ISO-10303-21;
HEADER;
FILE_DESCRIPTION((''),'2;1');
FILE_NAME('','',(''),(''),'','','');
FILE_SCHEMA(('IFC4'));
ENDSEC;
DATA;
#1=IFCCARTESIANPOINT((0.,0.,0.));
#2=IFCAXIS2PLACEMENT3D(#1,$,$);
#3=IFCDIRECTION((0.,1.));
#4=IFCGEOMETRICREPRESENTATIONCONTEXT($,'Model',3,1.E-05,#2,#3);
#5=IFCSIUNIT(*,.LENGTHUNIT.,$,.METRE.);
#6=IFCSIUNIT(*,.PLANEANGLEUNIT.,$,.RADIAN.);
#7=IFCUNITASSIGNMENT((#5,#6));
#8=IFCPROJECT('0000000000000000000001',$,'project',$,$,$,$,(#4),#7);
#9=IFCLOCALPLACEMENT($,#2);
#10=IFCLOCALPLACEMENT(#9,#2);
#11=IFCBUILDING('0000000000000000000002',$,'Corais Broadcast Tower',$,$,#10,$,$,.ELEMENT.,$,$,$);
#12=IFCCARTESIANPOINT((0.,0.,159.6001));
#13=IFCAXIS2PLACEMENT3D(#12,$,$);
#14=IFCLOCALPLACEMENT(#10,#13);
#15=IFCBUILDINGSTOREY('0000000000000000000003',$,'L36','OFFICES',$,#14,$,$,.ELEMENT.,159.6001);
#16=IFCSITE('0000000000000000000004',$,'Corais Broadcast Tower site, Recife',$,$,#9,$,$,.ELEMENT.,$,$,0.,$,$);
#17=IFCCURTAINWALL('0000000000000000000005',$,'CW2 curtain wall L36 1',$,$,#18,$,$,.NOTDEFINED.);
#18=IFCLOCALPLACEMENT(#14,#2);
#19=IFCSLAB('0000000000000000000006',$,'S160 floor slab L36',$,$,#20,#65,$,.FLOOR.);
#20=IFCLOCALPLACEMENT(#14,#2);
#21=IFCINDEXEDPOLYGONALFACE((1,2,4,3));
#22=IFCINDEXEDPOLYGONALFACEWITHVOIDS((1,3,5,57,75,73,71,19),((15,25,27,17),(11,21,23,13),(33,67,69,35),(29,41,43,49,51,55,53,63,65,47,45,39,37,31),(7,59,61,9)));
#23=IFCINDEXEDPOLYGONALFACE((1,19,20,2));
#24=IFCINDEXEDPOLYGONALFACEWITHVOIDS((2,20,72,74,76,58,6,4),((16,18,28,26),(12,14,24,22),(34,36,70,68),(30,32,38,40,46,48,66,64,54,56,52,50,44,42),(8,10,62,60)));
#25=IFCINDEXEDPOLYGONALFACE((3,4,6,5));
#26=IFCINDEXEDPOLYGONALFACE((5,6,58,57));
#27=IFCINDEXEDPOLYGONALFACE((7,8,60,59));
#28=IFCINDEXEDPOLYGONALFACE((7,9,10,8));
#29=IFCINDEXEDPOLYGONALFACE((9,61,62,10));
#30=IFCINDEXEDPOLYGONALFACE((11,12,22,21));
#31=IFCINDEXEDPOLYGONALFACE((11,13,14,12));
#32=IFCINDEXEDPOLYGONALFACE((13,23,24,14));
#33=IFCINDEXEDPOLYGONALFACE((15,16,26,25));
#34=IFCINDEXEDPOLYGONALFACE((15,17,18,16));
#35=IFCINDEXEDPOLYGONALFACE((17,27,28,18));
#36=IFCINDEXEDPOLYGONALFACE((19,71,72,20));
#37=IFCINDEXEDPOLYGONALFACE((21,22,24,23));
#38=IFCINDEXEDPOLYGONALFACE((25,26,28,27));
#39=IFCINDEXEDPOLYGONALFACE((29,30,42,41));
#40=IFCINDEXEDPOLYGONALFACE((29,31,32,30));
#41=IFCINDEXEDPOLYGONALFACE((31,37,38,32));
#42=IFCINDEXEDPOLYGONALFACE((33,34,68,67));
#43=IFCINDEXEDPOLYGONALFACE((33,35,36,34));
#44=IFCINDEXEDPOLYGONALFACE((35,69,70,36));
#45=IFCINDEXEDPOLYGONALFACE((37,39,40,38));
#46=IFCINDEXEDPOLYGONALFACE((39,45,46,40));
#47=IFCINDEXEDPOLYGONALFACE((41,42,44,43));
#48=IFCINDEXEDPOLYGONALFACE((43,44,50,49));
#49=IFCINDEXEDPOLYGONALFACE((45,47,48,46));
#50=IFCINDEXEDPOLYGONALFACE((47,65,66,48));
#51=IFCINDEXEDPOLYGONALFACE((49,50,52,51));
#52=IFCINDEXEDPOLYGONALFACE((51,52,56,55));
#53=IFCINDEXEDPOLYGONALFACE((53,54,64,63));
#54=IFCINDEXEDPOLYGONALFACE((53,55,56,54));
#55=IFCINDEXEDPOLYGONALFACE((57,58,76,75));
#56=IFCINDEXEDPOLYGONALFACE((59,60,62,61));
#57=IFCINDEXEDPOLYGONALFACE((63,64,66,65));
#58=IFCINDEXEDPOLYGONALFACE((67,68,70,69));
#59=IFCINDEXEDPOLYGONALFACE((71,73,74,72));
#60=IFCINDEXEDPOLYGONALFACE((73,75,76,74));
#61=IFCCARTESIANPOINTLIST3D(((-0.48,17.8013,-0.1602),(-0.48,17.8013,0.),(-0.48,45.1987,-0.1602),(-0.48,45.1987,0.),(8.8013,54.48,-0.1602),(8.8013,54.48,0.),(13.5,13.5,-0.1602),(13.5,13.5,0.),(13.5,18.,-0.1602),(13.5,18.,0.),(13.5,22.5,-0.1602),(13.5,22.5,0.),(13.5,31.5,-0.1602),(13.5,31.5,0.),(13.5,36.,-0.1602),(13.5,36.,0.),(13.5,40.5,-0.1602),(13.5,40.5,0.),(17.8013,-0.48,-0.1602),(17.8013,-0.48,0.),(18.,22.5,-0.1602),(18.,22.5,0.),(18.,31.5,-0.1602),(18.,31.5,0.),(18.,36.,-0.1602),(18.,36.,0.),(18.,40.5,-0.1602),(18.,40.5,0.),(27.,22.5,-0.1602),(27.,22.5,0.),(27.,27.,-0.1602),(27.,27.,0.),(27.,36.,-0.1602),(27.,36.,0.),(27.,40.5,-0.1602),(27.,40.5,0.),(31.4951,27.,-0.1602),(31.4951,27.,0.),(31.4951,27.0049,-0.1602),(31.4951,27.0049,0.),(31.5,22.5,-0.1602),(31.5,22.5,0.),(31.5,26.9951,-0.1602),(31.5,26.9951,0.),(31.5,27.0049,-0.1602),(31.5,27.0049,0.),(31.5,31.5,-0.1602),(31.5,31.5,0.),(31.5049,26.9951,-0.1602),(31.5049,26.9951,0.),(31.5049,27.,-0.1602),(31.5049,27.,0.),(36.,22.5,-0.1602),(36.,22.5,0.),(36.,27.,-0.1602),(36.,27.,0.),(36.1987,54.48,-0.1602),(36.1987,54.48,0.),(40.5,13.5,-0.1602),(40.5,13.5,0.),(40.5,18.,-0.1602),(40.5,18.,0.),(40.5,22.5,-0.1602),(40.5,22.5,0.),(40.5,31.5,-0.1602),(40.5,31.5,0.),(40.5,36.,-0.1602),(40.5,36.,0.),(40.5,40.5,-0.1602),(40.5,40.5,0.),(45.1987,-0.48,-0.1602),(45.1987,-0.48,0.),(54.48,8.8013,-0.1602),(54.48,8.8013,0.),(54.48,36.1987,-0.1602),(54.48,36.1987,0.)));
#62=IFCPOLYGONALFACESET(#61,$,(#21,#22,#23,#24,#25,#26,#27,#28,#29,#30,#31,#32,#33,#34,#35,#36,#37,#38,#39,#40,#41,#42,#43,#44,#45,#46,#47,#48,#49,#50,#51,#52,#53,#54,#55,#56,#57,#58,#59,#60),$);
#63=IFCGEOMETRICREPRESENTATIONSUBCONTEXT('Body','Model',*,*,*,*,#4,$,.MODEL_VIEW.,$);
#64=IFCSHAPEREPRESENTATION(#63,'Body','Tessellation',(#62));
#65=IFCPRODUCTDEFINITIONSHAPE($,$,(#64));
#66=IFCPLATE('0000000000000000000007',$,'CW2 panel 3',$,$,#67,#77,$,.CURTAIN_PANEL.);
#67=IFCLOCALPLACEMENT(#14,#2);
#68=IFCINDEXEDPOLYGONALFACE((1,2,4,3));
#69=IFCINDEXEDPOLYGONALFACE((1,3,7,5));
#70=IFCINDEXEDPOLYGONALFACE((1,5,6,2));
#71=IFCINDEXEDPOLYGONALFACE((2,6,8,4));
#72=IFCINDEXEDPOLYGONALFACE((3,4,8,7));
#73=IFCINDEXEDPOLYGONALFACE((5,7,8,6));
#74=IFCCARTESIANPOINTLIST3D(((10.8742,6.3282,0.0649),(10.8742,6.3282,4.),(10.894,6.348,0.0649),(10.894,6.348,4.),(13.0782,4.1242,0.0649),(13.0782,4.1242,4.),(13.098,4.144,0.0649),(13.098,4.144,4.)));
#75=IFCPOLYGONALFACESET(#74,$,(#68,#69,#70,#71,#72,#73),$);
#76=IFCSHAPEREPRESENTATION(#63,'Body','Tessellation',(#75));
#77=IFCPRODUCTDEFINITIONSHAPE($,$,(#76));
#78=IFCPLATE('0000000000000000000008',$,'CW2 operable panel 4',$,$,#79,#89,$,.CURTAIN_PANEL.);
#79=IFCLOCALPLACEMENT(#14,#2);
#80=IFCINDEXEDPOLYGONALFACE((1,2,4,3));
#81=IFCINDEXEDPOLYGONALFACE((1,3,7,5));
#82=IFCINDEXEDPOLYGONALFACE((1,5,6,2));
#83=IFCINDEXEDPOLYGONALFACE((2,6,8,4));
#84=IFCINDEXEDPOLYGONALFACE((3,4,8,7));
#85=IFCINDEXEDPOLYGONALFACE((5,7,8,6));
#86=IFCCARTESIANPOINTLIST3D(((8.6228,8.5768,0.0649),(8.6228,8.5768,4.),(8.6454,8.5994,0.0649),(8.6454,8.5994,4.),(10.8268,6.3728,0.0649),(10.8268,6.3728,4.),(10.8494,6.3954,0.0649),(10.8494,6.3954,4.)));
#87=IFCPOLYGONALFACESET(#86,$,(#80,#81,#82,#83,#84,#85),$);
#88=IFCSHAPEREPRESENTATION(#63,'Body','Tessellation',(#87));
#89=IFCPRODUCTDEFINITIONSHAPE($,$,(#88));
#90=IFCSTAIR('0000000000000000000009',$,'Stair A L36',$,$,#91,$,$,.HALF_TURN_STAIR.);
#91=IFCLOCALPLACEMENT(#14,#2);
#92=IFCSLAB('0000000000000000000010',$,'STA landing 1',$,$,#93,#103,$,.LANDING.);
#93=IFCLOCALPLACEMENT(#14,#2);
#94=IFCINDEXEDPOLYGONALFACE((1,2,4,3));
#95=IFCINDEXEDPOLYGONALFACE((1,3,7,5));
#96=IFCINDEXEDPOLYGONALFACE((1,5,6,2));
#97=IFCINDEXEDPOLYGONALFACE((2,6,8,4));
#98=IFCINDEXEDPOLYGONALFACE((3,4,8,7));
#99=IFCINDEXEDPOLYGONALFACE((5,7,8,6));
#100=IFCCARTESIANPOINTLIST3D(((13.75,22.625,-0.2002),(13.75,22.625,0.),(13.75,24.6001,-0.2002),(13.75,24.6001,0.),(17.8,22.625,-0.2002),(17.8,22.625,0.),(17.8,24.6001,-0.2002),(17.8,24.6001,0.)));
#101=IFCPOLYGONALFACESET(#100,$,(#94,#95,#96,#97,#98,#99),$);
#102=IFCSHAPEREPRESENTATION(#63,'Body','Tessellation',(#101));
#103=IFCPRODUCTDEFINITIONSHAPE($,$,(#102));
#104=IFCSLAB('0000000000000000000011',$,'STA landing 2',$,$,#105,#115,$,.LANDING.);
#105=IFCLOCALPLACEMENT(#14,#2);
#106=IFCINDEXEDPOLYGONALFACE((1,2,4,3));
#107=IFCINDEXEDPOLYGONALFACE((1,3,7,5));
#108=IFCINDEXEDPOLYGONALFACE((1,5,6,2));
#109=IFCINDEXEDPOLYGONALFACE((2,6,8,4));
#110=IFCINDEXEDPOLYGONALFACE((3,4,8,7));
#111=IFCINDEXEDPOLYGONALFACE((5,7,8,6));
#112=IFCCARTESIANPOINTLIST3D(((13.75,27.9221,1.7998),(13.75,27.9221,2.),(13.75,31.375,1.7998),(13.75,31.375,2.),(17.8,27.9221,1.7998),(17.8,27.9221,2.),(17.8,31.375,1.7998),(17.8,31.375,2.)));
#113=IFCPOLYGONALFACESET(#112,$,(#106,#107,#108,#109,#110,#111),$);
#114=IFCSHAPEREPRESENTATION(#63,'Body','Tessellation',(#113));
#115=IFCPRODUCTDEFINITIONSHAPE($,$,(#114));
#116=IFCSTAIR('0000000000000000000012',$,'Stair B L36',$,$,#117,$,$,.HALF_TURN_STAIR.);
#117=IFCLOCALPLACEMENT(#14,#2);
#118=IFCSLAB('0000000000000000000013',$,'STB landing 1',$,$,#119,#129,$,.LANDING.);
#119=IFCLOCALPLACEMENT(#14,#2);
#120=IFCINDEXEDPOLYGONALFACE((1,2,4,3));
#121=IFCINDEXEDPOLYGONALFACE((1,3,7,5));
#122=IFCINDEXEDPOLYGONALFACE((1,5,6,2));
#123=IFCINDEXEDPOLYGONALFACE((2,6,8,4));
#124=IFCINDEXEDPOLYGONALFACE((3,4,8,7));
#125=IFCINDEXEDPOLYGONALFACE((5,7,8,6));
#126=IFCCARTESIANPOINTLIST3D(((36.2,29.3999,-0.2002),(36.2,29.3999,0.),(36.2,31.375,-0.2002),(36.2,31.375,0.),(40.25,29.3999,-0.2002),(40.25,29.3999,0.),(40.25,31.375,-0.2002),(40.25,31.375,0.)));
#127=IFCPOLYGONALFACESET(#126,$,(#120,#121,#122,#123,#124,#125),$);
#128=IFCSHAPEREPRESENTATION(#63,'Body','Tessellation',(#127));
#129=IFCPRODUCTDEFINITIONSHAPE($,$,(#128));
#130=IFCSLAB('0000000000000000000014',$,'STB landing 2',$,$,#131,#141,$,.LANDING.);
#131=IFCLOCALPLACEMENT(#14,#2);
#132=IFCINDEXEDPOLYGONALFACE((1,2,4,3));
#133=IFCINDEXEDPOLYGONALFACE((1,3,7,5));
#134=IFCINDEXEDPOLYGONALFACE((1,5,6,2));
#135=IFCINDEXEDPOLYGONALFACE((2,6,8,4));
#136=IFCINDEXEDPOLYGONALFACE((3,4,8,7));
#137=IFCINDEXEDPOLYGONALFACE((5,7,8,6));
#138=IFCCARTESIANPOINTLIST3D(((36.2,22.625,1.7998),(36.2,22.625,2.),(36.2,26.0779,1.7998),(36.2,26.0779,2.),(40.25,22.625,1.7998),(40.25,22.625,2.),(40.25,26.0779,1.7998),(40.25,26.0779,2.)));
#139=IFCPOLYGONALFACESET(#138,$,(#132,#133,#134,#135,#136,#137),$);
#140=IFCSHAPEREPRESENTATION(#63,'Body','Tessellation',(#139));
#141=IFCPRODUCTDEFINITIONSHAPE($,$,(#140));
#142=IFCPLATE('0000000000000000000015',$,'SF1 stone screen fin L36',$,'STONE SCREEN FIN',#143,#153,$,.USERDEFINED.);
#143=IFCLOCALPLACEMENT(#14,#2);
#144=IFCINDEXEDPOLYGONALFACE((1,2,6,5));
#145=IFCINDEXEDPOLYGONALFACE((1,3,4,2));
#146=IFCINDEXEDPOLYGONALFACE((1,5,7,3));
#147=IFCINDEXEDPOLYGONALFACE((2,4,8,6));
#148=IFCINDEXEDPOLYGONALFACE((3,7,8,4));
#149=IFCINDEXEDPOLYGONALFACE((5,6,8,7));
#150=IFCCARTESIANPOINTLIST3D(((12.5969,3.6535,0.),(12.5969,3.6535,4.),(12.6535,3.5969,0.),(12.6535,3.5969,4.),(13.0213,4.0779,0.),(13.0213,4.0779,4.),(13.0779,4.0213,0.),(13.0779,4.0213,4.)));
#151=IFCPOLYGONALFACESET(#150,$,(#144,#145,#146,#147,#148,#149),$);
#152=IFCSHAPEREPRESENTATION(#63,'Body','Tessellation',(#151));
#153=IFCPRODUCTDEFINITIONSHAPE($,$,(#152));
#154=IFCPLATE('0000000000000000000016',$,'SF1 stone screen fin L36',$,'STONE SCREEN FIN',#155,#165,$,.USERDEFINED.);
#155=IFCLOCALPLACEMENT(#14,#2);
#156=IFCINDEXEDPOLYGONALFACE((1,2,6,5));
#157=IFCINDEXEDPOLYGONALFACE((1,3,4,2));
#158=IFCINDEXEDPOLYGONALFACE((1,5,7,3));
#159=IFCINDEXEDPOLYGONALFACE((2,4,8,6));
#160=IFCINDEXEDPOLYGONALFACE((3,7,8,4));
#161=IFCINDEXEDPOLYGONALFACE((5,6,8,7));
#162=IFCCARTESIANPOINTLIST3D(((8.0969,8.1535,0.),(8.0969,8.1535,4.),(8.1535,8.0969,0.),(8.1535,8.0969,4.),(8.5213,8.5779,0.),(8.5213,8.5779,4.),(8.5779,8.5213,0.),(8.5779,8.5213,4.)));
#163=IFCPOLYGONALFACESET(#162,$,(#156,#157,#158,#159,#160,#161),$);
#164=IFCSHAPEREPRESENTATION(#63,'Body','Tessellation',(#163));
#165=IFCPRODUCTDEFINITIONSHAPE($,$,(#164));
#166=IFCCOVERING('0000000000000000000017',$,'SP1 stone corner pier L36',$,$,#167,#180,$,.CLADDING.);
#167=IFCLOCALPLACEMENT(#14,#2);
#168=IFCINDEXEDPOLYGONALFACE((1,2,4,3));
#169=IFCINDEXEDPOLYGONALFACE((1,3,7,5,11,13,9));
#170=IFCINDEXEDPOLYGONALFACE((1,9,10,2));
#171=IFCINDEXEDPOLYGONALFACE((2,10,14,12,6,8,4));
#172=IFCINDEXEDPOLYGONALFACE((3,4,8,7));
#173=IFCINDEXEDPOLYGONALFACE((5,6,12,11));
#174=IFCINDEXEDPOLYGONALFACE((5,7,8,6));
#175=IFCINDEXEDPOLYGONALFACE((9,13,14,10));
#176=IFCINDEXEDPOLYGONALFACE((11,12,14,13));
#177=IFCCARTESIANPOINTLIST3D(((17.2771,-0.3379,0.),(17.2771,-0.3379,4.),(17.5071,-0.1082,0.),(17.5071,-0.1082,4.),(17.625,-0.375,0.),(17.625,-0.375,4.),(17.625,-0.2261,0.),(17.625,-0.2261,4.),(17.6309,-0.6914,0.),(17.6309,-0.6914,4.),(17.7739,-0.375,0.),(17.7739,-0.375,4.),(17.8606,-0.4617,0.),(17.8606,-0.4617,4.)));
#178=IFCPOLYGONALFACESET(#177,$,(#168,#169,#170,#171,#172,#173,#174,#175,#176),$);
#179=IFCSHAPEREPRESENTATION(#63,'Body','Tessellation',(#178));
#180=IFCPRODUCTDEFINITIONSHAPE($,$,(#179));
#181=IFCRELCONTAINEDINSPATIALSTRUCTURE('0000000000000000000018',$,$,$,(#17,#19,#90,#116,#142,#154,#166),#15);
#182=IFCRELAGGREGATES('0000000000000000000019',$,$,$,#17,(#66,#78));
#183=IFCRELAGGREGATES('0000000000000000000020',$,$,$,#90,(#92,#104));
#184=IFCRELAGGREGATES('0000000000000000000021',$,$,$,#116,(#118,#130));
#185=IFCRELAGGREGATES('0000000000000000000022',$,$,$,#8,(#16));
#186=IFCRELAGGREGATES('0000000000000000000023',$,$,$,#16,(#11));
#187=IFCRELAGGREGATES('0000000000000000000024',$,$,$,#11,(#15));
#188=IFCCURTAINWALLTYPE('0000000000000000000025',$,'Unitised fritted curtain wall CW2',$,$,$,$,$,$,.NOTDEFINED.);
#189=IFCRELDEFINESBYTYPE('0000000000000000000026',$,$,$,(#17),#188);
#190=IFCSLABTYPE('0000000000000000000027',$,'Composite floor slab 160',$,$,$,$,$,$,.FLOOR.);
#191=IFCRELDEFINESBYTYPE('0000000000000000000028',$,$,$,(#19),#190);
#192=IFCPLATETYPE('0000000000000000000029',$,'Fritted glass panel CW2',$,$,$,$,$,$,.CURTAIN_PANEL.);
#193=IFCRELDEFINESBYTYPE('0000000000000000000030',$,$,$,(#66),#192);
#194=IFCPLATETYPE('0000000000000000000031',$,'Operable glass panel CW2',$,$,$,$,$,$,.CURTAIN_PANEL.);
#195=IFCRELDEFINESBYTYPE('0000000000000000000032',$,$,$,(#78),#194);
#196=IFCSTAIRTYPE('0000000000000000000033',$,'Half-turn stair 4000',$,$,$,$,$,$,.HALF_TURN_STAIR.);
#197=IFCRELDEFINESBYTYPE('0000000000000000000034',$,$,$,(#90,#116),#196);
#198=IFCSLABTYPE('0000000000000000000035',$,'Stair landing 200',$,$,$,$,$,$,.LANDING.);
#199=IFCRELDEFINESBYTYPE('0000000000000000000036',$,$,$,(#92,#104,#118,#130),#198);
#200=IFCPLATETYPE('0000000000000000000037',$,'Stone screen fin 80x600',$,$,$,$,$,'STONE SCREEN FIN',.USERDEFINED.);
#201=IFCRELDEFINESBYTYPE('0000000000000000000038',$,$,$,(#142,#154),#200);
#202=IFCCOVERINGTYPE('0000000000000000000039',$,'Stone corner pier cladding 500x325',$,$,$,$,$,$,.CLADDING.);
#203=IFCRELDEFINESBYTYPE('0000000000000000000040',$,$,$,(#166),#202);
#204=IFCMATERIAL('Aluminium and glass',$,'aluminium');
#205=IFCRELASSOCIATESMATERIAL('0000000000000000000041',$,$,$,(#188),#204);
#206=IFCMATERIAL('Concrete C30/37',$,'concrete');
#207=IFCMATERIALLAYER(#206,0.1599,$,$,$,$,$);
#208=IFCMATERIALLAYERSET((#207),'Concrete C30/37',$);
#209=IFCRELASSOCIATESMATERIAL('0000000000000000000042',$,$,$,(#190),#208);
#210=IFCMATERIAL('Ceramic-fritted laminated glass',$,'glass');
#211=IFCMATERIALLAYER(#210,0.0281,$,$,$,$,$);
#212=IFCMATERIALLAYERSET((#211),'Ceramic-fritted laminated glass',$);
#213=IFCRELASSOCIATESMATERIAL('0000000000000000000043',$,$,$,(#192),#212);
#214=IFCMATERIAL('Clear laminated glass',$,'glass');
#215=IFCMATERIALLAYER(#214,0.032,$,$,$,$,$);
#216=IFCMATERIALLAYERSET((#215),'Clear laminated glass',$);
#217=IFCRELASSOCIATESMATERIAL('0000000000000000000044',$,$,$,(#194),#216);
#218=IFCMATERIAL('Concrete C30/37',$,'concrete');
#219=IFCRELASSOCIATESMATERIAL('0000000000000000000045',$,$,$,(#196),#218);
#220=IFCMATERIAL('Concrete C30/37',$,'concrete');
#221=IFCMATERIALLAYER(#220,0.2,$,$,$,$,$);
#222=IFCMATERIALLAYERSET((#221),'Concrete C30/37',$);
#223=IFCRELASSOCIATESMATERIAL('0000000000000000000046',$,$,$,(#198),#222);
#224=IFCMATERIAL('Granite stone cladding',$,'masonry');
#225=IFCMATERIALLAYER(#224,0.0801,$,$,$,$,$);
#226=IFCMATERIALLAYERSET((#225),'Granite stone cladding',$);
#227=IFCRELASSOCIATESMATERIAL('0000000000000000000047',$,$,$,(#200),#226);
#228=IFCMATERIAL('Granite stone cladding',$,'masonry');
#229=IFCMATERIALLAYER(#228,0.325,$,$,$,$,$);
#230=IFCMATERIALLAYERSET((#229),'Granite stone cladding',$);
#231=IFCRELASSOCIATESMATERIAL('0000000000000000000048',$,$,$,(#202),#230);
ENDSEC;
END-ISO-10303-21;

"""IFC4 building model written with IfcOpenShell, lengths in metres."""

from ifc_helpers import new_model, si_unit, direction, frame, origin, origin_2d, place, context, subcontext, project, spatial, polyline, rectangle, outline, extrude, material, layer, layer_set, type_object, element, aggregate, save


model = new_model("IFC4")

# Units and contexts
model_context = context("Model", 3, precision=1e-05, world=origin(), true_north=direction((0.0, 1.0)))
body_context = subcontext(model_context, "Body", "Model", "MODEL_VIEW")
ifc_project = project(units=[si_unit("LENGTHUNIT", "METRE"), si_unit("PLANEANGLEUNIT", "RADIAN")], contexts=[model_context])

# Site, building, storey
site_placement = place(None, origin())
site = spatial("IfcSite", under=ifc_project, at=site_placement, Name="Corais Broadcast Tower site, Recife", CompositionType="ELEMENT", RefElevation=0.0)
building_placement = place(site_placement, origin())
building = spatial("IfcBuilding", under=site, at=building_placement, Name="Corais Broadcast Tower", CompositionType="ELEMENT")
storey_placement = place(building_placement, frame((0.0, 0.0, 159.6001)))
storey = spatial("IfcBuildingStorey", under=building, at=storey_placement, Name="L36", Description="OFFICES", CompositionType="ELEMENT", Elevation=159.6001)

# Curtain wall
ifc_material_1 = material(Name="Aluminium and glass", Category="aluminium")
curtain_wall_type = type_object("IfcCurtainWallType", Name="Unitised fritted curtain wall CW2", PredefinedType="NOTDEFINED", material=ifc_material_1)
curtain_wall_placement = place(storey_placement, origin())
curtain_wall = element("IfcCurtainWall", 1, at=curtain_wall_placement, inside=storey, type_object=curtain_wall_type, Name="CW2 curtain wall L36 1", PredefinedType="NOTDEFINED")

# Slab
ifc_material_2 = material(Name="Concrete C30/37", Category="concrete")
ifc_layer_1 = layer(ifc_material_2, 0.1599)
ifc_layer_set_1 = layer_set([ifc_layer_1], Name="Concrete C30/37")
slab_type_1 = type_object("IfcSlabType", Name="Composite floor slab 160", PredefinedType="FLOOR", material=ifc_layer_set_1)
slab_1_placement = place(storey_placement, frame((0.0, 0.0, -0.1602)))
element("IfcSlab", 2, at=slab_1_placement, inside=storey, type_object=slab_type_1, Name="S160 floor slab L36", PredefinedType="FLOOR", context=body_context, shape_type="SweptSolid", body=[
    extrude(outline(polyline([(17.8013, -0.48), (-0.48, 17.8013), (-0.48, 45.1987), (8.8013, 54.48), (36.1987, 54.48), (54.48, 36.1987), (54.48, 8.8013), (45.1987, -0.48), (17.8013, -0.48)]), holes=[polyline([(13.5, 18.0), (40.5, 18.0), (40.5, 13.5), (13.5, 13.5), (13.5, 18.0)]), polyline([(18.0, 22.5), (13.5, 22.5), (13.5, 31.5), (18.0, 31.5), (18.0, 22.5)]), polyline([(18.0, 36.0), (13.5, 36.0), (13.5, 40.5), (18.0, 40.5), (18.0, 36.0)]), polyline([(31.5, 22.5), (27.0, 22.5), (27.0, 27.0), (31.4951, 27.0), (31.4951, 27.0049), (31.5, 27.0049), (31.5, 31.5), (40.5, 31.5), (40.5, 22.5), (36.0, 22.5), (36.0, 27.0), (31.5049, 27.0), (31.5049, 26.9951), (31.5, 26.9951), (31.5, 22.5)]), polyline([(27.0, 40.5), (40.5, 40.5), (40.5, 36.0), (27.0, 36.0), (27.0, 40.5)])]), origin(), (0.0, 0.0, 1.0), 0.1602),
])

# Plates
ifc_material_3 = material(Name="Ceramic-fritted laminated glass", Category="glass")
ifc_layer_2 = layer(ifc_material_3, 0.0281)
ifc_layer_set_2 = layer_set([ifc_layer_2], Name="Ceramic-fritted laminated glass")
plate_type_1 = type_object("IfcPlateType", Name="Fritted glass panel CW2", PredefinedType="CURTAIN_PANEL", material=ifc_layer_set_2)
plate_1_placement = place(storey_placement, frame((11.9861, 5.2361, 0.0649), z_axis=(0.0, 0.0, 1.0), x_axis=(-0.707107, 0.707107, 0.0)))
plate_1 = element("IfcPlate", 3, at=plate_1_placement, type_object=plate_type_1, Name="CW2 panel 3", PredefinedType="CURTAIN_PANEL", context=body_context, shape_type="SweptSolid", body=[
    extrude(rectangle(XDim=3.1169, YDim=0.0281, at=origin_2d()), origin(), (0.0, 0.0, 1.0), 3.9351),
])
ifc_material_4 = material(Name="Clear laminated glass", Category="glass")
ifc_layer_3 = layer(ifc_material_4, 0.032)
ifc_layer_set_3 = layer_set([ifc_layer_3], Name="Clear laminated glass")
plate_type_2 = type_object("IfcPlateType", Name="Operable glass panel CW2", PredefinedType="CURTAIN_PANEL", material=ifc_layer_set_3)
plate_2_placement = place(storey_placement, frame((9.7361, 7.4861, 0.0649), z_axis=(0.0, 0.0, 1.0), x_axis=(-0.707107, 0.707107, 0.0)))
plate_2 = element("IfcPlate", 4, at=plate_2_placement, type_object=plate_type_2, Name="CW2 operable panel 4", PredefinedType="CURTAIN_PANEL", context=body_context, shape_type="SweptSolid", body=[
    extrude(rectangle(XDim=3.1169, YDim=0.032, at=origin_2d()), origin(), (0.0, 0.0, 1.0), 3.9351),
])
aggregate(curtain_wall, [plate_1, plate_2])

# Stairs, slabs
ifc_material_5 = material(Name="Concrete C30/37", Category="concrete")
stair_type = type_object("IfcStairType", Name="Half-turn stair 4000", PredefinedType="HALF_TURN_STAIR", material=ifc_material_5)
stair_1_placement = place(storey_placement, origin())
stair_1 = element("IfcStair", 5, at=stair_1_placement, inside=storey, type_object=stair_type, Name="Stair A L36", PredefinedType="HALF_TURN_STAIR")
ifc_material_6 = material(Name="Concrete C30/37", Category="concrete")
ifc_layer_4 = layer(ifc_material_6, 0.2)
ifc_layer_set_4 = layer_set([ifc_layer_4], Name="Concrete C30/37")
slab_type_2 = type_object("IfcSlabType", Name="Stair landing 200", PredefinedType="LANDING", material=ifc_layer_set_4)
slab_2_placement = place(storey_placement, frame((0.0, 0.0, -0.2002)))
slab_2 = element("IfcSlab", 6, at=slab_2_placement, type_object=slab_type_2, Name="STA landing 1", PredefinedType="LANDING", context=body_context, shape_type="SweptSolid", body=[
    extrude(outline(polyline([(13.75, 22.625), (17.8, 22.625), (17.8, 24.6001), (13.75, 24.6001), (13.75, 22.625)])), origin(), (0.0, 0.0, 1.0), 0.2002),
])
slab_3_placement = place(storey_placement, frame((0.0, 0.0, 1.7998)))
slab_3 = element("IfcSlab", 7, at=slab_3_placement, type_object=slab_type_2, Name="STA landing 2", PredefinedType="LANDING", context=body_context, shape_type="SweptSolid", body=[
    extrude(outline(polyline([(13.75, 27.9221), (17.8, 27.9221), (17.8, 31.375), (13.75, 31.375), (13.75, 27.9221)])), origin(), (0.0, 0.0, 1.0), 0.2002),
])
aggregate(stair_1, [slab_2, slab_3])
stair_2_placement = place(storey_placement, origin())
stair_2 = element("IfcStair", 8, at=stair_2_placement, inside=storey, type_object=stair_type, Name="Stair B L36", PredefinedType="HALF_TURN_STAIR")
slab_4_placement = place(storey_placement, frame((0.0, 0.0, -0.2002)))
slab_4 = element("IfcSlab", 9, at=slab_4_placement, type_object=slab_type_2, Name="STB landing 1", PredefinedType="LANDING", context=body_context, shape_type="SweptSolid", body=[
    extrude(outline(polyline([(36.2, 29.3999), (40.25, 29.3999), (40.25, 31.375), (36.2, 31.375), (36.2, 29.3999)])), origin(), (0.0, 0.0, 1.0), 0.2002),
])
slab_5_placement = place(storey_placement, frame((0.0, 0.0, 1.7998)))
slab_5 = element("IfcSlab", 10, at=slab_5_placement, type_object=slab_type_2, Name="STB landing 2", PredefinedType="LANDING", context=body_context, shape_type="SweptSolid", body=[
    extrude(outline(polyline([(36.2, 22.625), (40.25, 22.625), (40.25, 26.0779), (36.2, 26.0779), (36.2, 22.625)])), origin(), (0.0, 0.0, 1.0), 0.2002),
])
aggregate(stair_2, [slab_4, slab_5])

# Plates
ifc_material_7 = material(Name="Granite stone cladding", Category="masonry")
ifc_layer_5 = layer(ifc_material_7, 0.0801)
ifc_layer_set_5 = layer_set([ifc_layer_5], Name="Granite stone cladding")
plate_type_3 = type_object("IfcPlateType", Name="Stone screen fin 80x600", ElementType="STONE SCREEN FIN", PredefinedType="USERDEFINED", material=ifc_layer_set_5)
for number, where, z_axis, x_axis, name in (
    (11, (12.8374, 3.8374, 0.0), (0.0, 0.0, 1.0), (-0.707107, 0.707107, 0.0), "SF1 stone screen fin L36"),
    (12, (8.3374, 8.3374, 0.0), (0.0, 0.0, 1.0), (-0.707107, 0.707107, 0.0), "SF1 stone screen fin L36"),
):
    element("IfcPlate", number, at=place(storey_placement, frame(where, z_axis=z_axis, x_axis=x_axis)), inside=storey, type_object=plate_type_3, Name=name, ObjectType="STONE SCREEN FIN", PredefinedType="USERDEFINED", context=body_context, shape_type="SweptSolid", body=[
        extrude(rectangle(XDim=0.0801, YDim=0.6001, at=origin_2d()), origin(), (0.0, 0.0, 1.0), 4.0),
    ])

# Covering
ifc_material_8 = material(Name="Granite stone cladding", Category="masonry")
ifc_layer_6 = layer(ifc_material_8, 0.325)
ifc_layer_set_6 = layer_set([ifc_layer_6], Name="Granite stone cladding")
covering_type_1 = type_object("IfcCoveringType", Name="Stone corner pier cladding 500x325", PredefinedType="CLADDING", material=ifc_layer_set_6)
covering_1_placement = place(storey_placement, origin())
element("IfcCovering", 13, at=covering_1_placement, inside=storey, type_object=covering_type_1, Name="SP1 stone corner pier L36", PredefinedType="CLADDING", context=body_context, shape_type="SweptSolid", body=[
    extrude(outline(polyline([(17.8606, -0.4617), (17.7739, -0.375), (17.625, -0.375), (17.625, -0.2261), (17.5071, -0.1082), (17.2771, -0.3379), (17.6309, -0.6914), (17.8606, -0.4617)])), origin(), (0.0, 0.0, 1.0), 4.0),
])

save(model, "model.ifc")
